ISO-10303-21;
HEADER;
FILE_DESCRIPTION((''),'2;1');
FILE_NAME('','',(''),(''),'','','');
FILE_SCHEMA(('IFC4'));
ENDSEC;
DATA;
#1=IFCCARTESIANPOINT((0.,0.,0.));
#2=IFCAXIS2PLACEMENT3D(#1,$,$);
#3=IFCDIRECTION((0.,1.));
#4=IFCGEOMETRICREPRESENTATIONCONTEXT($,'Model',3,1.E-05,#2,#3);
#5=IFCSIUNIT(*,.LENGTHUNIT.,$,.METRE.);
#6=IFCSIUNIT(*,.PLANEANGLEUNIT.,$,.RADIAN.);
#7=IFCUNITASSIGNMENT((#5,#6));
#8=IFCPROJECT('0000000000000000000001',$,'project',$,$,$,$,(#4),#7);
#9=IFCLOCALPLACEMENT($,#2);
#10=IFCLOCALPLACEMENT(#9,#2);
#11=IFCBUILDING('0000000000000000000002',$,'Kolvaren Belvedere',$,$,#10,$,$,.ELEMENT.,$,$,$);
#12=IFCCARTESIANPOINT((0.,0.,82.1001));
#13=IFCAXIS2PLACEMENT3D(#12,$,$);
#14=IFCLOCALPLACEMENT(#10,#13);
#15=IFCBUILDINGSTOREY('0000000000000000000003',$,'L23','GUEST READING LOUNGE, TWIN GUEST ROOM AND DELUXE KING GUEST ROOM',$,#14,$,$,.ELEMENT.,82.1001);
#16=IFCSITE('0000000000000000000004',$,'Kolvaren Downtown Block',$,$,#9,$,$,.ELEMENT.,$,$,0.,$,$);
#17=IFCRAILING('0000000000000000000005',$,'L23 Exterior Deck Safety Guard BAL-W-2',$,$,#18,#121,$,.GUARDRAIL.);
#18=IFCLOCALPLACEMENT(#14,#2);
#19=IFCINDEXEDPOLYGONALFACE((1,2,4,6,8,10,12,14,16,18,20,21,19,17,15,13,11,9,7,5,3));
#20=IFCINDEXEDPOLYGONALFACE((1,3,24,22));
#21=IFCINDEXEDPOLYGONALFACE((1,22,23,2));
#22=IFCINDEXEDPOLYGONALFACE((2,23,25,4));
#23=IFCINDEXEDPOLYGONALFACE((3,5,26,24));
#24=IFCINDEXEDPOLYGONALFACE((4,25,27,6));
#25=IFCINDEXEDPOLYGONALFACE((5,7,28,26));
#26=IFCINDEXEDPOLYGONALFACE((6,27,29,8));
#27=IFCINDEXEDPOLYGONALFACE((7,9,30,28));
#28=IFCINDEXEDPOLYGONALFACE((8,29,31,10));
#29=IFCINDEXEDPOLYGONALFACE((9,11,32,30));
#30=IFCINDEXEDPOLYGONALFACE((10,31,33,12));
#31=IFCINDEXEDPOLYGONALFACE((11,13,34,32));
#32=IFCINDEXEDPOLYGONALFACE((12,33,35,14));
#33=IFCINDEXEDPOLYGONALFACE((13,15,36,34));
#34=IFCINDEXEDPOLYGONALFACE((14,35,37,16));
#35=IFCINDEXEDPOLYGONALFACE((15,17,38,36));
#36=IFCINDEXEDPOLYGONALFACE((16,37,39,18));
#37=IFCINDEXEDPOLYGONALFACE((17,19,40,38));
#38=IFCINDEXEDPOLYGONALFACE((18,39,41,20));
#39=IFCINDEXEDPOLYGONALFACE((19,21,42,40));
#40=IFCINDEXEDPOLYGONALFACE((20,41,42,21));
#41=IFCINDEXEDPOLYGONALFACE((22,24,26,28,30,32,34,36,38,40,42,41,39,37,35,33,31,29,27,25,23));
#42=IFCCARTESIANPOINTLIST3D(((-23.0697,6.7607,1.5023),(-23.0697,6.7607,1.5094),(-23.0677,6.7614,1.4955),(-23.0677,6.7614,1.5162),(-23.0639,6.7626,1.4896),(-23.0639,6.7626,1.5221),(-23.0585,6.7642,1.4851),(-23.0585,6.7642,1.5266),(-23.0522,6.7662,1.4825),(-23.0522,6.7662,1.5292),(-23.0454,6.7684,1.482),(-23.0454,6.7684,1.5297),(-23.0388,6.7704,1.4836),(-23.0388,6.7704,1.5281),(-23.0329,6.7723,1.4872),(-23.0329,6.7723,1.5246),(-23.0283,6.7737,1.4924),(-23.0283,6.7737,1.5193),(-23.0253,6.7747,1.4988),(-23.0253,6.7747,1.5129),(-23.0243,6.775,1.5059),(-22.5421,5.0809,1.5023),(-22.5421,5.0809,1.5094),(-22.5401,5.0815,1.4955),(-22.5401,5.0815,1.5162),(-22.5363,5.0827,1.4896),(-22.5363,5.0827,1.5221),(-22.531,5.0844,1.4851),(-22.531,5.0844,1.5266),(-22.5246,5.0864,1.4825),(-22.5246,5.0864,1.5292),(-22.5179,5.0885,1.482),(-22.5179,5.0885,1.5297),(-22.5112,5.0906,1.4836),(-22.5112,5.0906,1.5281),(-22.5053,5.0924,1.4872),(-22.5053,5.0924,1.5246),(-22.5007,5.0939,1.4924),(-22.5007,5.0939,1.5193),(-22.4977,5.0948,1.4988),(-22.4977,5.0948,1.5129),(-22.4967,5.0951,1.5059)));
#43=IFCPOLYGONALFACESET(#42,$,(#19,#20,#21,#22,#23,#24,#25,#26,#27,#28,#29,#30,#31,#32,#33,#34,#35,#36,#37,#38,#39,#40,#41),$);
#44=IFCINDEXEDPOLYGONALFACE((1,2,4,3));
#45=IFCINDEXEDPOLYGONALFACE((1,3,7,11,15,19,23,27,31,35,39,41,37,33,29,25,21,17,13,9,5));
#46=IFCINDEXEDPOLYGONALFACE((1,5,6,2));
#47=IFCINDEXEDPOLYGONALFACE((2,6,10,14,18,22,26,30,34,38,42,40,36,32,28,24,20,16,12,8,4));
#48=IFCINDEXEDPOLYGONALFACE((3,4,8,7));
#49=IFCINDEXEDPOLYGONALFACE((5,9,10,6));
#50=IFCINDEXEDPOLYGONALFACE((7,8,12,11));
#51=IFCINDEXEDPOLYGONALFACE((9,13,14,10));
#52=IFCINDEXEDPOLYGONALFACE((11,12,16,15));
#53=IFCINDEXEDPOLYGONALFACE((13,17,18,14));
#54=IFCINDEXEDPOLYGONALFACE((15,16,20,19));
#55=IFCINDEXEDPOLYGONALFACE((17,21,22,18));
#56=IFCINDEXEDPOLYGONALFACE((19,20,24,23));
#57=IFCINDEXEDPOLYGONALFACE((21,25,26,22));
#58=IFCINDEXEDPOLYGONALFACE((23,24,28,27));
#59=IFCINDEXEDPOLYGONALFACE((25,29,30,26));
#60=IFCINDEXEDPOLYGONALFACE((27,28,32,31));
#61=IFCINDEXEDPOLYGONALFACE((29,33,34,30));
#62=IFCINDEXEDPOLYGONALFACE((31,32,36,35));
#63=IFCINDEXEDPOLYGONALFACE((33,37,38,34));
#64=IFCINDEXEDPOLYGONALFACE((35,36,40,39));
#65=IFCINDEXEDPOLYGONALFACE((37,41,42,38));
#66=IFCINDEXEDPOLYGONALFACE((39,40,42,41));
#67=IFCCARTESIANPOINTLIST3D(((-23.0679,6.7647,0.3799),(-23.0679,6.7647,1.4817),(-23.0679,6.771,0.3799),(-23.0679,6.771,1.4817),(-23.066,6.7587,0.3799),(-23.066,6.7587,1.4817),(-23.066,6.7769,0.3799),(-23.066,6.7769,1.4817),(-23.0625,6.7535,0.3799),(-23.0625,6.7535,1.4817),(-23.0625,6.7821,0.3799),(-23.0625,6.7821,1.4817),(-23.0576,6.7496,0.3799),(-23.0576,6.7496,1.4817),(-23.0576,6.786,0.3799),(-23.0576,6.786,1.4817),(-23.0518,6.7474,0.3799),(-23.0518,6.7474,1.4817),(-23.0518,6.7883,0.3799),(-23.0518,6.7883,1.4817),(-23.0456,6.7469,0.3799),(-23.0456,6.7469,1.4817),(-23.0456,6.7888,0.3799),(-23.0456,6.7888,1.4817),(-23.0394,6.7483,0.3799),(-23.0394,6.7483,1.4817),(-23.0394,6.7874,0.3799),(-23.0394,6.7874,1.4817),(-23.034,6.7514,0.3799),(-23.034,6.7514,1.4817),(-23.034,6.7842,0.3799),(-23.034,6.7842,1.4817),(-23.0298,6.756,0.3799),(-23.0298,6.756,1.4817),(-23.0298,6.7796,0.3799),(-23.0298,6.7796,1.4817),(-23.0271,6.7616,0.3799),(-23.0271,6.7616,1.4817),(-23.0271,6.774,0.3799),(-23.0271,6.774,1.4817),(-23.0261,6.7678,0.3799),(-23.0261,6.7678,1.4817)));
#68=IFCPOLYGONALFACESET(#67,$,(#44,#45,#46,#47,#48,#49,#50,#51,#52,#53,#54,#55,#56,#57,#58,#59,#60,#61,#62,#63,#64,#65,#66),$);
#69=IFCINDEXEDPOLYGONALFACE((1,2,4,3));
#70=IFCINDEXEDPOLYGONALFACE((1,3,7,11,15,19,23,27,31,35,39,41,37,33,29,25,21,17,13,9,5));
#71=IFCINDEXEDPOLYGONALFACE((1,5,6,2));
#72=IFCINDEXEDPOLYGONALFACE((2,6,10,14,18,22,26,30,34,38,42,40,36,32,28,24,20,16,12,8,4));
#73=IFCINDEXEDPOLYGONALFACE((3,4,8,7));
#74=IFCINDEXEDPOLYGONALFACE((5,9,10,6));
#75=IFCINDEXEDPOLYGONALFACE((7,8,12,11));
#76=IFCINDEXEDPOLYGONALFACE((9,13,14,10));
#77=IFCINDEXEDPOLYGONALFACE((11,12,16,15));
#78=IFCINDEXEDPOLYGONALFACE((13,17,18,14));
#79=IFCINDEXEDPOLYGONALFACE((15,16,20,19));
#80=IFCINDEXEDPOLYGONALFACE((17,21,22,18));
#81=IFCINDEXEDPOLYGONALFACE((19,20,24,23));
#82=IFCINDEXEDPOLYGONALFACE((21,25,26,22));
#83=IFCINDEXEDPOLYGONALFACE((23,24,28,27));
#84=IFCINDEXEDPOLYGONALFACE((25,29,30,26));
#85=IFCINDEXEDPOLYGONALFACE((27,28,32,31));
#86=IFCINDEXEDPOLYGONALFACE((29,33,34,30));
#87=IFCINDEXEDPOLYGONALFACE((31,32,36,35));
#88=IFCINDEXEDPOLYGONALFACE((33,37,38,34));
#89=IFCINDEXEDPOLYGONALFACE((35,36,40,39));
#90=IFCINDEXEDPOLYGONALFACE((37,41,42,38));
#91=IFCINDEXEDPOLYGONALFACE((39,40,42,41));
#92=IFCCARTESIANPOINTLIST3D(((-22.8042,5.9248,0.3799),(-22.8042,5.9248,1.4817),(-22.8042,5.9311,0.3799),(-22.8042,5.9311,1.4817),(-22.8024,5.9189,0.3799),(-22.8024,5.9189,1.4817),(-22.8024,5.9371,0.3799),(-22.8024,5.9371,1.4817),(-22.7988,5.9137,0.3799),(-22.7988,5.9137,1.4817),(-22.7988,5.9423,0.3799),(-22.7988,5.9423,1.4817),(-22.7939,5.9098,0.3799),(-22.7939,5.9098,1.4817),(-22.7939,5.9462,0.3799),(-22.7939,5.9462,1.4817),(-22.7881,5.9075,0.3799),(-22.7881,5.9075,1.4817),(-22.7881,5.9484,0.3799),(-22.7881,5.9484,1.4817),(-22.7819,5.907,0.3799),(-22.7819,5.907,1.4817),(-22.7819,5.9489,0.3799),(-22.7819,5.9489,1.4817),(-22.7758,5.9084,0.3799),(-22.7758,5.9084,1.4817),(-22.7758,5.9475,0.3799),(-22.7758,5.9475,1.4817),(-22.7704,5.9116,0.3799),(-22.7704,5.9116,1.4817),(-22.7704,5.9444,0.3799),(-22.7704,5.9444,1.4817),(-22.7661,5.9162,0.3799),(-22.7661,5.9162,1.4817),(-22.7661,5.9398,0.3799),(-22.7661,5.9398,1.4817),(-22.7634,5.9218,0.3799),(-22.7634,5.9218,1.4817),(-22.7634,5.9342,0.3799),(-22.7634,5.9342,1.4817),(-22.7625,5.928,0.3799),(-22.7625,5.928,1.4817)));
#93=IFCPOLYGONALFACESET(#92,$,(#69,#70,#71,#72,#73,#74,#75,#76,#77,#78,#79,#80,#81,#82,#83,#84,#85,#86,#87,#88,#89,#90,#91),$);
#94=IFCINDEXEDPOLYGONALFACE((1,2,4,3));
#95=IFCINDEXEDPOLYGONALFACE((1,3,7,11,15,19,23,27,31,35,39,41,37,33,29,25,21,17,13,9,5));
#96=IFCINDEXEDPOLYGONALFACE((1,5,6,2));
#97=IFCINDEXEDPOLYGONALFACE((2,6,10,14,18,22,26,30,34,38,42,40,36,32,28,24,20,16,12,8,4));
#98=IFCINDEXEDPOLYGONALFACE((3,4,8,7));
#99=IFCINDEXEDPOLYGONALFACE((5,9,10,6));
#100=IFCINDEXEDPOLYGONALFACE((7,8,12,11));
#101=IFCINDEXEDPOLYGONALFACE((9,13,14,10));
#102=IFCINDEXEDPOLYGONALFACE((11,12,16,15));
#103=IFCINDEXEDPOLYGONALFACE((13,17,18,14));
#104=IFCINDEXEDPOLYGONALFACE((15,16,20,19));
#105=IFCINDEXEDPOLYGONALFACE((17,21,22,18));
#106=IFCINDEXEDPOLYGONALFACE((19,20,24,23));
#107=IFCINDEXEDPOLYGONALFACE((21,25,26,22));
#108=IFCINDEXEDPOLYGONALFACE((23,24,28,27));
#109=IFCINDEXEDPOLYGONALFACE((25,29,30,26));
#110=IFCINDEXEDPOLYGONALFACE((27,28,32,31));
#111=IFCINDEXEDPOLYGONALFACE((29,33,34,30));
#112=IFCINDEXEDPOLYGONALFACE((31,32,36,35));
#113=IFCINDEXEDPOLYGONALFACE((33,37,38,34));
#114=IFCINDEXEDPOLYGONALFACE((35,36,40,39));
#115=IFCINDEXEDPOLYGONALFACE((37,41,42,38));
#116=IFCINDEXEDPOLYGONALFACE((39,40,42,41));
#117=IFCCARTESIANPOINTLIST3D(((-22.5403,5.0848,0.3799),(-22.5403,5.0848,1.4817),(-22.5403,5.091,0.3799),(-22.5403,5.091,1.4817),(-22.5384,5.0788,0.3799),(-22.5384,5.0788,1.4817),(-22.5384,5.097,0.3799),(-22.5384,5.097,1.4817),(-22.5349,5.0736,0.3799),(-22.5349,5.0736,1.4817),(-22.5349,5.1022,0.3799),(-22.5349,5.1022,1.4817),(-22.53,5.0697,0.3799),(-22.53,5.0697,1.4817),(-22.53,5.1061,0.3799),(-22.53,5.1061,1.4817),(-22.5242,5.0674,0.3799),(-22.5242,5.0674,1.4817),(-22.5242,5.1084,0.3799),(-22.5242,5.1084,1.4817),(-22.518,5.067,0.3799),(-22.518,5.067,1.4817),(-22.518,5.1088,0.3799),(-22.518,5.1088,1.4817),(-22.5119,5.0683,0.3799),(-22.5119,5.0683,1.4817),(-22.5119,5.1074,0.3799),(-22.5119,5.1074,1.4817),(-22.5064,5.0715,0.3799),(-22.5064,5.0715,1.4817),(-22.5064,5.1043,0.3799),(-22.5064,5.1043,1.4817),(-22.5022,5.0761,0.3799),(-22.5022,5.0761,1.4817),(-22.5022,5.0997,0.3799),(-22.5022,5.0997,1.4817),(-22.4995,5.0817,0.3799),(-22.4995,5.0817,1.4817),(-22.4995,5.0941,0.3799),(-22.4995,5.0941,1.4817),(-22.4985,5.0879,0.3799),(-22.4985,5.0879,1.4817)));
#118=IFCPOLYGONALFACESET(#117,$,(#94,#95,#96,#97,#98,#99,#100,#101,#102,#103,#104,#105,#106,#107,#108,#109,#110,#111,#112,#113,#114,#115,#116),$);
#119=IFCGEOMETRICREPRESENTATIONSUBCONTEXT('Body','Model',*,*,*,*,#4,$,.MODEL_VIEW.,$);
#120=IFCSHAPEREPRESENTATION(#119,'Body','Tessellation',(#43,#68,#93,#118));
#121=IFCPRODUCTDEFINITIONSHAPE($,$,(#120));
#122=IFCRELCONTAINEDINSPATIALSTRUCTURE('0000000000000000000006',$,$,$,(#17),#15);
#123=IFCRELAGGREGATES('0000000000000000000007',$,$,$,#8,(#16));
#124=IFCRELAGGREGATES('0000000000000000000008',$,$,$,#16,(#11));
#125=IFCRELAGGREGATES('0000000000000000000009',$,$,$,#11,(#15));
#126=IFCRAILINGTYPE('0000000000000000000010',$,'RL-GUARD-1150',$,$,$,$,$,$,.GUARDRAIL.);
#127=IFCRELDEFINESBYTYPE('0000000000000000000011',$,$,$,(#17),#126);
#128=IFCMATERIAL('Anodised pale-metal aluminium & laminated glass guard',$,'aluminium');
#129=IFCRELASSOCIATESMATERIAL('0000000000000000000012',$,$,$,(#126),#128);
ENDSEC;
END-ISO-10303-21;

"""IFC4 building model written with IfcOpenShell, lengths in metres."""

from ifc_helpers import new_model, si_unit, direction, frame, origin, origin_2d, place, context, subcontext, project, spatial, circle, extrude, material, type_object, element, save


model = new_model("IFC4")

# Units and contexts
model_context = context("Model", 3, precision=1e-05, world=origin(), true_north=direction((0.0, 1.0)))
body_context = subcontext(model_context, "Body", "Model", "MODEL_VIEW")
ifc_project = project(units=[si_unit("LENGTHUNIT", "METRE"), si_unit("PLANEANGLEUNIT", "RADIAN")], contexts=[model_context])

# Site, building, storey
site_placement = place(None, origin())
site = spatial("IfcSite", under=ifc_project, at=site_placement, Name="Kolvaren Downtown Block", CompositionType="ELEMENT", RefElevation=0.0)
building_placement = place(site_placement, origin())
building = spatial("IfcBuilding", under=site, at=building_placement, Name="Kolvaren Belvedere", CompositionType="ELEMENT")
storey_placement = place(building_placement, frame((0.0, 0.0, 82.1001)))
storey = spatial("IfcBuildingStorey", under=building, at=storey_placement, Name="L23", Description="GUEST READING LOUNGE, TWIN GUEST ROOM AND DELUXE KING GUEST ROOM", CompositionType="ELEMENT", Elevation=82.1001)

# Railing
ifc_material_1 = material(Name="Anodised pale-metal aluminium & laminated glass guard", Category="aluminium")
railing_type = type_object("IfcRailingType", Name="RL-GUARD-1150", PredefinedType="GUARDRAIL", material=ifc_material_1)
railing_1_placement = place(storey_placement, frame((-23.0471, 6.7678, 0.3799)))
element("IfcRailing", 1, at=railing_1_placement, inside=storey, type_object=railing_type, Name="L23 Exterior Deck Safety Guard BAL-W-2", PredefinedType="GUARDRAIL", context=body_context, shape_type="SweptSolid", body=[
    extrude(circle(Radius=0.0239, at=origin_2d()), frame((0.0, 0.0, 1.126), z_axis=(0.299625, -0.954057, 0.0), x_axis=(0.954057, 0.299625, 0.0)), (0.0, 0.0, 1.0), 1.7607),
    extrude(circle(Radius=0.021, at=origin_2d()), origin(), (0.0, 0.0, 1.0), 1.1018),
    extrude(circle(Radius=0.021, at=origin_2d()), frame((0.2637, -0.8398, 0.0)), (0.0, 0.0, 1.0), 1.1018),
    extrude(circle(Radius=0.021, at=origin_2d()), frame((0.5276, -1.6799, 0.0)), (0.0, 0.0, 1.0), 1.1018),
])

save(model, "model.ifc")
